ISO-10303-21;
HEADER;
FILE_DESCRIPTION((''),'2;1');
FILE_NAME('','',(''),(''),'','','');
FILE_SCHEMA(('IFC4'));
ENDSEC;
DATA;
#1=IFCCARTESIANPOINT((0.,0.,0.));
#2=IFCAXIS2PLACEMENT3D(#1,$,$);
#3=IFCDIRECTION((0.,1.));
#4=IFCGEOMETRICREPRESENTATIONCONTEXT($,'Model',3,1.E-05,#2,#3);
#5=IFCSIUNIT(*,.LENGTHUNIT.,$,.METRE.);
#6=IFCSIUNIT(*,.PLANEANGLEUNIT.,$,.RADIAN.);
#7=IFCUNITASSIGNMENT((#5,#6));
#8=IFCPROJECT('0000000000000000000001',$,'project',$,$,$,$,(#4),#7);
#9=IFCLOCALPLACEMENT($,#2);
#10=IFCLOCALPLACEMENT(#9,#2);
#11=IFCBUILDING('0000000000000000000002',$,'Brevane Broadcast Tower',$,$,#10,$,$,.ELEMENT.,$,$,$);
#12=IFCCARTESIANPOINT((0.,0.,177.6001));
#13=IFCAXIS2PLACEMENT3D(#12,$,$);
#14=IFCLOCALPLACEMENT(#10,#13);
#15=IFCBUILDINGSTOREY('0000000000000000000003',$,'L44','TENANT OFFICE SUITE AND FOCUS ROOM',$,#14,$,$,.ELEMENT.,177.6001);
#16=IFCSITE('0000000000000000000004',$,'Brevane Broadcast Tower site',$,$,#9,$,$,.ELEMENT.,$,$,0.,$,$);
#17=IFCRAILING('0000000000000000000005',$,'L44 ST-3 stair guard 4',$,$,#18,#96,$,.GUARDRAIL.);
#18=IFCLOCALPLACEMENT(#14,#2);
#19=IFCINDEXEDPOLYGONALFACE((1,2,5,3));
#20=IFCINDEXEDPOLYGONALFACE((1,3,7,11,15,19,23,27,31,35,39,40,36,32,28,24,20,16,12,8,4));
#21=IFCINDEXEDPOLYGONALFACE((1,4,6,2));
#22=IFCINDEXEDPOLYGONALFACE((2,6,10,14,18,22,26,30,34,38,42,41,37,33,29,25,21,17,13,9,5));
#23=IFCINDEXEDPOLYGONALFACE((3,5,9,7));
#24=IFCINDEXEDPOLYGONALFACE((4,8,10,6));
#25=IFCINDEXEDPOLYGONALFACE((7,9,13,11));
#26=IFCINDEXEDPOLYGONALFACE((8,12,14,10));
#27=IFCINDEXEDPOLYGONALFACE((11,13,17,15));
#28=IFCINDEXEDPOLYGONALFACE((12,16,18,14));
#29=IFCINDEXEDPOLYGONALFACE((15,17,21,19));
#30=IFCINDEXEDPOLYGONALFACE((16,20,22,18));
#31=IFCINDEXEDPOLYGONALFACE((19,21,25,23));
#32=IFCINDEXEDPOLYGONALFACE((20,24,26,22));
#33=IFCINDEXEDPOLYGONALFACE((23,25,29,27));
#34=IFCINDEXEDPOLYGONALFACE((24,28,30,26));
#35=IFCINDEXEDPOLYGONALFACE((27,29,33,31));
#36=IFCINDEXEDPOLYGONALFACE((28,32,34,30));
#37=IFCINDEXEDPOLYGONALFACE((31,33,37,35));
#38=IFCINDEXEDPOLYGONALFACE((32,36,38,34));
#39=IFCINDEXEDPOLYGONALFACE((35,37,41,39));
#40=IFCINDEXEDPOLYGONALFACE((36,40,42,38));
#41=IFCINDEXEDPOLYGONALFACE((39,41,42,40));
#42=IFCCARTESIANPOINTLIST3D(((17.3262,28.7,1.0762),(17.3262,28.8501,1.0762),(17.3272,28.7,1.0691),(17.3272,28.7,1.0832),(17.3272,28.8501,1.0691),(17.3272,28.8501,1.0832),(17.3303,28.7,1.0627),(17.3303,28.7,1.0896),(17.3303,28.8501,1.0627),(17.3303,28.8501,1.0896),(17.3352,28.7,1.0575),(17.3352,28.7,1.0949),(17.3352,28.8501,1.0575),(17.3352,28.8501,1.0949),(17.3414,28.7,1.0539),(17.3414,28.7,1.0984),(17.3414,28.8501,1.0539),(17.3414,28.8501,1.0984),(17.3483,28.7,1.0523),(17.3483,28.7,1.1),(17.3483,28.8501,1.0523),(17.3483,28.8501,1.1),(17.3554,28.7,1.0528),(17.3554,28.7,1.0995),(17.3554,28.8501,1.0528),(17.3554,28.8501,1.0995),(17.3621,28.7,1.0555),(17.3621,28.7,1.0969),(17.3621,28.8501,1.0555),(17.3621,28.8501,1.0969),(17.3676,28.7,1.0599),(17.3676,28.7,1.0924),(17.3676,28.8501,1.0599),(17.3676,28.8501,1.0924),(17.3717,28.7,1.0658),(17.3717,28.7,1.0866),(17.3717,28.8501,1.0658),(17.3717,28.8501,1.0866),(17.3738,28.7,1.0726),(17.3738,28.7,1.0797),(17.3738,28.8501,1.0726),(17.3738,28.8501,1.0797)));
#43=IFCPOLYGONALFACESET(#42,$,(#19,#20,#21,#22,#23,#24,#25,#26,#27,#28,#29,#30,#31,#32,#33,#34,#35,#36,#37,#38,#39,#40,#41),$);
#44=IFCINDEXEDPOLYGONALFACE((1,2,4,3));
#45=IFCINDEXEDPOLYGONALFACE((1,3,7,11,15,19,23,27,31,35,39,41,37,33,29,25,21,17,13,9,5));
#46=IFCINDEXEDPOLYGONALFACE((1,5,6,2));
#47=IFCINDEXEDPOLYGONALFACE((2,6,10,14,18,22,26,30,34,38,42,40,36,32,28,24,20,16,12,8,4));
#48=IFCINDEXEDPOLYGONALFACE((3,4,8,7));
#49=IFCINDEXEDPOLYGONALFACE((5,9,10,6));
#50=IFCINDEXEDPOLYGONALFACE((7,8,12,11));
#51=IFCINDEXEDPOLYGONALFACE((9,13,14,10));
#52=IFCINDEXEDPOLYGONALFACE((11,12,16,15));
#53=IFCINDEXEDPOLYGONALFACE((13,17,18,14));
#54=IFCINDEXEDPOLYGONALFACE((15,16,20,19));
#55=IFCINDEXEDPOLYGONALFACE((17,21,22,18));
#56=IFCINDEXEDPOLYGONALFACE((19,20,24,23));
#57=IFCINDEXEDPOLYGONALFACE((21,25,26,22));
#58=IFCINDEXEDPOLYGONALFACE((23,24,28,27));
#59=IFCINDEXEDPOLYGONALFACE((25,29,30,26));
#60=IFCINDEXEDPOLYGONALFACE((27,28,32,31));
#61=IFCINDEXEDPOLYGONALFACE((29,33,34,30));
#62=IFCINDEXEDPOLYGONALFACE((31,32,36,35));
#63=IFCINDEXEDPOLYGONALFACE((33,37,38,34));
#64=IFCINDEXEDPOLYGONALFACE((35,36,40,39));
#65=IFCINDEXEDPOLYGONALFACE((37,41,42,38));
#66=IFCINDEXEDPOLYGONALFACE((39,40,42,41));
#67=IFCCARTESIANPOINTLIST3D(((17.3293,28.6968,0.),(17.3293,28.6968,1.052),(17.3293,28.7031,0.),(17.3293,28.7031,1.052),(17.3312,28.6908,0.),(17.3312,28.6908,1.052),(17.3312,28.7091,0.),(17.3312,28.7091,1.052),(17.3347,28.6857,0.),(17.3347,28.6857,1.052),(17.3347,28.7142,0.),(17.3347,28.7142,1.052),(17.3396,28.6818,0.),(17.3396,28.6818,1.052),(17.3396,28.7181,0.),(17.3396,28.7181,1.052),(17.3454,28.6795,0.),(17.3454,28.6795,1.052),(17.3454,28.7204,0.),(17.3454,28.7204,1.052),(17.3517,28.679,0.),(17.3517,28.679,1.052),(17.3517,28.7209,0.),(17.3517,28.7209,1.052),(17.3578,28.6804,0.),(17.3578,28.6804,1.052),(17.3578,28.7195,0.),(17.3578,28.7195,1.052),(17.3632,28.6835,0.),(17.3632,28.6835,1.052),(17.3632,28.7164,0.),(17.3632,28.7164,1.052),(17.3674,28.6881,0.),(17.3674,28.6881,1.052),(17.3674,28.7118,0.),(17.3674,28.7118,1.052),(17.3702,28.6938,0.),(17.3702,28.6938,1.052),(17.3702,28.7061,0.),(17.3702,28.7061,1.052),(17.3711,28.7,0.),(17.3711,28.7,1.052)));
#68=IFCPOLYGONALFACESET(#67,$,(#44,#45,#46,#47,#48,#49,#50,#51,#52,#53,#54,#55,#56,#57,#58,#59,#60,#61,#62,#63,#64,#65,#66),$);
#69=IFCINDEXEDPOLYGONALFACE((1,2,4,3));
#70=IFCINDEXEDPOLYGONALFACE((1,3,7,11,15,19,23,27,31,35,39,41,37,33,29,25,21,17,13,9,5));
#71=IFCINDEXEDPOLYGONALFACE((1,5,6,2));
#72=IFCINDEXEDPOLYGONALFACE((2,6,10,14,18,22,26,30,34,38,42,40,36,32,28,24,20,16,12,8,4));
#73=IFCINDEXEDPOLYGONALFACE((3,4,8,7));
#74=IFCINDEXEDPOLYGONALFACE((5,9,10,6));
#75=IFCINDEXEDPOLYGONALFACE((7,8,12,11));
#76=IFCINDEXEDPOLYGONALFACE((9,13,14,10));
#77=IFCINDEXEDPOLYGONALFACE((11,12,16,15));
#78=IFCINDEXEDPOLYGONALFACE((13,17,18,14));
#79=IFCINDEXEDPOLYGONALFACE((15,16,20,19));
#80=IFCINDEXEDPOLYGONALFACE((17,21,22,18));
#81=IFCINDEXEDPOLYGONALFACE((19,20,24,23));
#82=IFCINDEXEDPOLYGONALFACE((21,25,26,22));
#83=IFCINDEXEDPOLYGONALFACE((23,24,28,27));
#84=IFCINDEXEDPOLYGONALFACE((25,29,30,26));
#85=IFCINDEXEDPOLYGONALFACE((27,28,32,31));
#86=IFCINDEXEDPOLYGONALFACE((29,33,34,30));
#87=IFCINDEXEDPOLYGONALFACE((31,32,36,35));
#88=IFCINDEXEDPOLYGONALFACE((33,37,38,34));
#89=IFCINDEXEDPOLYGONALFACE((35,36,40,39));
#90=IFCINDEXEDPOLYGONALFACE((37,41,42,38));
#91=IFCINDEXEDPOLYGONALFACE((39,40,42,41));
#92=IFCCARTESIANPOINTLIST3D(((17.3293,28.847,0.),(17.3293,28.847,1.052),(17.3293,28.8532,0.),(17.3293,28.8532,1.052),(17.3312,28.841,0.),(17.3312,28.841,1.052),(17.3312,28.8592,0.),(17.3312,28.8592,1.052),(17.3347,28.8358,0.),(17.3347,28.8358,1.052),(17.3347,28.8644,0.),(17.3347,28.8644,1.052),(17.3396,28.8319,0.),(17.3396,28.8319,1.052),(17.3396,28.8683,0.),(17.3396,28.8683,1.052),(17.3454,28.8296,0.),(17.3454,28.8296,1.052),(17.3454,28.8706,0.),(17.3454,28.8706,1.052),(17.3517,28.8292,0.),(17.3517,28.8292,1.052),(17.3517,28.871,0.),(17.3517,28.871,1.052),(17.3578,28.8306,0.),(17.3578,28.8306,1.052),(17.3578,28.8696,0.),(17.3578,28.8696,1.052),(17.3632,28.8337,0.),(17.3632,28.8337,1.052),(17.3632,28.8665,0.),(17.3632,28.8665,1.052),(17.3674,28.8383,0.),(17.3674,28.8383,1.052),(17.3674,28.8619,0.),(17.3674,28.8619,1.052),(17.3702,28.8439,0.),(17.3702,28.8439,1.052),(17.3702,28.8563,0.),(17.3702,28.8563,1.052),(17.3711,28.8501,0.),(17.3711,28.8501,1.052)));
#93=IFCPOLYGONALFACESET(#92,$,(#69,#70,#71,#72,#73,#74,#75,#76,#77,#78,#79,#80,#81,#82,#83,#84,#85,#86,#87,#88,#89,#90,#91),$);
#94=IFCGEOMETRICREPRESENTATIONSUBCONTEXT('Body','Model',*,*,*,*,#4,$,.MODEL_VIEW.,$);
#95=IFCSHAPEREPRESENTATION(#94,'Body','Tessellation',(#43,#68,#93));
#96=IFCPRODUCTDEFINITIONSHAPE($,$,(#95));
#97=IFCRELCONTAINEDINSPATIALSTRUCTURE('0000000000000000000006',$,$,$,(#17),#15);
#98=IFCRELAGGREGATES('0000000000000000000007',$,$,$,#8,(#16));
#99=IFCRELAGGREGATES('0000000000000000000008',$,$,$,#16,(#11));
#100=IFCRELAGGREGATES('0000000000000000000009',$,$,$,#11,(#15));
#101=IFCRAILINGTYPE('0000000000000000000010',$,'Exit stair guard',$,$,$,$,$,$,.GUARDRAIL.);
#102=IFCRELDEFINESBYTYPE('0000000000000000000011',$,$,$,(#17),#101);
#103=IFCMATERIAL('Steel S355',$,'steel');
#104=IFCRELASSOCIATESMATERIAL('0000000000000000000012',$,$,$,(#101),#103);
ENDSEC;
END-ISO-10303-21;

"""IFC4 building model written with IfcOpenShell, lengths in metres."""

from ifc_helpers import new_model, si_unit, direction, frame, origin, origin_2d, place, context, subcontext, project, spatial, circle, extrude, material, type_object, element, save


model = new_model("IFC4")

# Units and contexts
model_context = context("Model", 3, precision=1e-05, world=origin(), true_north=direction((0.0, 1.0)))
body_context = subcontext(model_context, "Body", "Model", "MODEL_VIEW")
ifc_project = project(units=[si_unit("LENGTHUNIT", "METRE"), si_unit("PLANEANGLEUNIT", "RADIAN")], contexts=[model_context])

# Site, building, storey
site_placement = place(None, origin())
site = spatial("IfcSite", under=ifc_project, at=site_placement, Name="Brevane Broadcast Tower site", CompositionType="ELEMENT", RefElevation=0.0)
building_placement = place(site_placement, origin())
building = spatial("IfcBuilding", under=site, at=building_placement, Name="Brevane Broadcast Tower", CompositionType="ELEMENT")
storey_placement = place(building_placement, frame((0.0, 0.0, 177.6001)))
storey = spatial("IfcBuildingStorey", under=building, at=storey_placement, Name="L44", Description="TENANT OFFICE SUITE AND FOCUS ROOM", CompositionType="ELEMENT", Elevation=177.6001)

# Railing
ifc_material_1 = material(Name="Steel S355", Category="steel")
railing_type_1 = type_object("IfcRailingType", Name="Exit stair guard", PredefinedType="GUARDRAIL", material=ifc_material_1)
railing_1_placement = place(storey_placement, frame((17.3501, 28.7, 0.0)))
element("IfcRailing", 1, at=railing_1_placement, inside=storey, type_object=railing_type_1, Name="L44 ST-3 stair guard 4", PredefinedType="GUARDRAIL", context=body_context, shape_type="SweptSolid", body=[
    extrude(circle(Radius=0.0239, at=origin_2d()), frame((0.0, 0.0, 1.0762), z_axis=(0.0, 1.0, 0.0), x_axis=(-1.0, 0.0, 0.0)), (0.0, 0.0, 1.0), 0.1501),
    extrude(circle(Radius=0.021, at=origin_2d()), origin(), (0.0, 0.0, 1.0), 1.052),
    extrude(circle(Radius=0.021, at=origin_2d()), frame((0.0, 0.1501, 0.0)), (0.0, 0.0, 1.0), 1.052),
])

save(model, "model.ifc")
